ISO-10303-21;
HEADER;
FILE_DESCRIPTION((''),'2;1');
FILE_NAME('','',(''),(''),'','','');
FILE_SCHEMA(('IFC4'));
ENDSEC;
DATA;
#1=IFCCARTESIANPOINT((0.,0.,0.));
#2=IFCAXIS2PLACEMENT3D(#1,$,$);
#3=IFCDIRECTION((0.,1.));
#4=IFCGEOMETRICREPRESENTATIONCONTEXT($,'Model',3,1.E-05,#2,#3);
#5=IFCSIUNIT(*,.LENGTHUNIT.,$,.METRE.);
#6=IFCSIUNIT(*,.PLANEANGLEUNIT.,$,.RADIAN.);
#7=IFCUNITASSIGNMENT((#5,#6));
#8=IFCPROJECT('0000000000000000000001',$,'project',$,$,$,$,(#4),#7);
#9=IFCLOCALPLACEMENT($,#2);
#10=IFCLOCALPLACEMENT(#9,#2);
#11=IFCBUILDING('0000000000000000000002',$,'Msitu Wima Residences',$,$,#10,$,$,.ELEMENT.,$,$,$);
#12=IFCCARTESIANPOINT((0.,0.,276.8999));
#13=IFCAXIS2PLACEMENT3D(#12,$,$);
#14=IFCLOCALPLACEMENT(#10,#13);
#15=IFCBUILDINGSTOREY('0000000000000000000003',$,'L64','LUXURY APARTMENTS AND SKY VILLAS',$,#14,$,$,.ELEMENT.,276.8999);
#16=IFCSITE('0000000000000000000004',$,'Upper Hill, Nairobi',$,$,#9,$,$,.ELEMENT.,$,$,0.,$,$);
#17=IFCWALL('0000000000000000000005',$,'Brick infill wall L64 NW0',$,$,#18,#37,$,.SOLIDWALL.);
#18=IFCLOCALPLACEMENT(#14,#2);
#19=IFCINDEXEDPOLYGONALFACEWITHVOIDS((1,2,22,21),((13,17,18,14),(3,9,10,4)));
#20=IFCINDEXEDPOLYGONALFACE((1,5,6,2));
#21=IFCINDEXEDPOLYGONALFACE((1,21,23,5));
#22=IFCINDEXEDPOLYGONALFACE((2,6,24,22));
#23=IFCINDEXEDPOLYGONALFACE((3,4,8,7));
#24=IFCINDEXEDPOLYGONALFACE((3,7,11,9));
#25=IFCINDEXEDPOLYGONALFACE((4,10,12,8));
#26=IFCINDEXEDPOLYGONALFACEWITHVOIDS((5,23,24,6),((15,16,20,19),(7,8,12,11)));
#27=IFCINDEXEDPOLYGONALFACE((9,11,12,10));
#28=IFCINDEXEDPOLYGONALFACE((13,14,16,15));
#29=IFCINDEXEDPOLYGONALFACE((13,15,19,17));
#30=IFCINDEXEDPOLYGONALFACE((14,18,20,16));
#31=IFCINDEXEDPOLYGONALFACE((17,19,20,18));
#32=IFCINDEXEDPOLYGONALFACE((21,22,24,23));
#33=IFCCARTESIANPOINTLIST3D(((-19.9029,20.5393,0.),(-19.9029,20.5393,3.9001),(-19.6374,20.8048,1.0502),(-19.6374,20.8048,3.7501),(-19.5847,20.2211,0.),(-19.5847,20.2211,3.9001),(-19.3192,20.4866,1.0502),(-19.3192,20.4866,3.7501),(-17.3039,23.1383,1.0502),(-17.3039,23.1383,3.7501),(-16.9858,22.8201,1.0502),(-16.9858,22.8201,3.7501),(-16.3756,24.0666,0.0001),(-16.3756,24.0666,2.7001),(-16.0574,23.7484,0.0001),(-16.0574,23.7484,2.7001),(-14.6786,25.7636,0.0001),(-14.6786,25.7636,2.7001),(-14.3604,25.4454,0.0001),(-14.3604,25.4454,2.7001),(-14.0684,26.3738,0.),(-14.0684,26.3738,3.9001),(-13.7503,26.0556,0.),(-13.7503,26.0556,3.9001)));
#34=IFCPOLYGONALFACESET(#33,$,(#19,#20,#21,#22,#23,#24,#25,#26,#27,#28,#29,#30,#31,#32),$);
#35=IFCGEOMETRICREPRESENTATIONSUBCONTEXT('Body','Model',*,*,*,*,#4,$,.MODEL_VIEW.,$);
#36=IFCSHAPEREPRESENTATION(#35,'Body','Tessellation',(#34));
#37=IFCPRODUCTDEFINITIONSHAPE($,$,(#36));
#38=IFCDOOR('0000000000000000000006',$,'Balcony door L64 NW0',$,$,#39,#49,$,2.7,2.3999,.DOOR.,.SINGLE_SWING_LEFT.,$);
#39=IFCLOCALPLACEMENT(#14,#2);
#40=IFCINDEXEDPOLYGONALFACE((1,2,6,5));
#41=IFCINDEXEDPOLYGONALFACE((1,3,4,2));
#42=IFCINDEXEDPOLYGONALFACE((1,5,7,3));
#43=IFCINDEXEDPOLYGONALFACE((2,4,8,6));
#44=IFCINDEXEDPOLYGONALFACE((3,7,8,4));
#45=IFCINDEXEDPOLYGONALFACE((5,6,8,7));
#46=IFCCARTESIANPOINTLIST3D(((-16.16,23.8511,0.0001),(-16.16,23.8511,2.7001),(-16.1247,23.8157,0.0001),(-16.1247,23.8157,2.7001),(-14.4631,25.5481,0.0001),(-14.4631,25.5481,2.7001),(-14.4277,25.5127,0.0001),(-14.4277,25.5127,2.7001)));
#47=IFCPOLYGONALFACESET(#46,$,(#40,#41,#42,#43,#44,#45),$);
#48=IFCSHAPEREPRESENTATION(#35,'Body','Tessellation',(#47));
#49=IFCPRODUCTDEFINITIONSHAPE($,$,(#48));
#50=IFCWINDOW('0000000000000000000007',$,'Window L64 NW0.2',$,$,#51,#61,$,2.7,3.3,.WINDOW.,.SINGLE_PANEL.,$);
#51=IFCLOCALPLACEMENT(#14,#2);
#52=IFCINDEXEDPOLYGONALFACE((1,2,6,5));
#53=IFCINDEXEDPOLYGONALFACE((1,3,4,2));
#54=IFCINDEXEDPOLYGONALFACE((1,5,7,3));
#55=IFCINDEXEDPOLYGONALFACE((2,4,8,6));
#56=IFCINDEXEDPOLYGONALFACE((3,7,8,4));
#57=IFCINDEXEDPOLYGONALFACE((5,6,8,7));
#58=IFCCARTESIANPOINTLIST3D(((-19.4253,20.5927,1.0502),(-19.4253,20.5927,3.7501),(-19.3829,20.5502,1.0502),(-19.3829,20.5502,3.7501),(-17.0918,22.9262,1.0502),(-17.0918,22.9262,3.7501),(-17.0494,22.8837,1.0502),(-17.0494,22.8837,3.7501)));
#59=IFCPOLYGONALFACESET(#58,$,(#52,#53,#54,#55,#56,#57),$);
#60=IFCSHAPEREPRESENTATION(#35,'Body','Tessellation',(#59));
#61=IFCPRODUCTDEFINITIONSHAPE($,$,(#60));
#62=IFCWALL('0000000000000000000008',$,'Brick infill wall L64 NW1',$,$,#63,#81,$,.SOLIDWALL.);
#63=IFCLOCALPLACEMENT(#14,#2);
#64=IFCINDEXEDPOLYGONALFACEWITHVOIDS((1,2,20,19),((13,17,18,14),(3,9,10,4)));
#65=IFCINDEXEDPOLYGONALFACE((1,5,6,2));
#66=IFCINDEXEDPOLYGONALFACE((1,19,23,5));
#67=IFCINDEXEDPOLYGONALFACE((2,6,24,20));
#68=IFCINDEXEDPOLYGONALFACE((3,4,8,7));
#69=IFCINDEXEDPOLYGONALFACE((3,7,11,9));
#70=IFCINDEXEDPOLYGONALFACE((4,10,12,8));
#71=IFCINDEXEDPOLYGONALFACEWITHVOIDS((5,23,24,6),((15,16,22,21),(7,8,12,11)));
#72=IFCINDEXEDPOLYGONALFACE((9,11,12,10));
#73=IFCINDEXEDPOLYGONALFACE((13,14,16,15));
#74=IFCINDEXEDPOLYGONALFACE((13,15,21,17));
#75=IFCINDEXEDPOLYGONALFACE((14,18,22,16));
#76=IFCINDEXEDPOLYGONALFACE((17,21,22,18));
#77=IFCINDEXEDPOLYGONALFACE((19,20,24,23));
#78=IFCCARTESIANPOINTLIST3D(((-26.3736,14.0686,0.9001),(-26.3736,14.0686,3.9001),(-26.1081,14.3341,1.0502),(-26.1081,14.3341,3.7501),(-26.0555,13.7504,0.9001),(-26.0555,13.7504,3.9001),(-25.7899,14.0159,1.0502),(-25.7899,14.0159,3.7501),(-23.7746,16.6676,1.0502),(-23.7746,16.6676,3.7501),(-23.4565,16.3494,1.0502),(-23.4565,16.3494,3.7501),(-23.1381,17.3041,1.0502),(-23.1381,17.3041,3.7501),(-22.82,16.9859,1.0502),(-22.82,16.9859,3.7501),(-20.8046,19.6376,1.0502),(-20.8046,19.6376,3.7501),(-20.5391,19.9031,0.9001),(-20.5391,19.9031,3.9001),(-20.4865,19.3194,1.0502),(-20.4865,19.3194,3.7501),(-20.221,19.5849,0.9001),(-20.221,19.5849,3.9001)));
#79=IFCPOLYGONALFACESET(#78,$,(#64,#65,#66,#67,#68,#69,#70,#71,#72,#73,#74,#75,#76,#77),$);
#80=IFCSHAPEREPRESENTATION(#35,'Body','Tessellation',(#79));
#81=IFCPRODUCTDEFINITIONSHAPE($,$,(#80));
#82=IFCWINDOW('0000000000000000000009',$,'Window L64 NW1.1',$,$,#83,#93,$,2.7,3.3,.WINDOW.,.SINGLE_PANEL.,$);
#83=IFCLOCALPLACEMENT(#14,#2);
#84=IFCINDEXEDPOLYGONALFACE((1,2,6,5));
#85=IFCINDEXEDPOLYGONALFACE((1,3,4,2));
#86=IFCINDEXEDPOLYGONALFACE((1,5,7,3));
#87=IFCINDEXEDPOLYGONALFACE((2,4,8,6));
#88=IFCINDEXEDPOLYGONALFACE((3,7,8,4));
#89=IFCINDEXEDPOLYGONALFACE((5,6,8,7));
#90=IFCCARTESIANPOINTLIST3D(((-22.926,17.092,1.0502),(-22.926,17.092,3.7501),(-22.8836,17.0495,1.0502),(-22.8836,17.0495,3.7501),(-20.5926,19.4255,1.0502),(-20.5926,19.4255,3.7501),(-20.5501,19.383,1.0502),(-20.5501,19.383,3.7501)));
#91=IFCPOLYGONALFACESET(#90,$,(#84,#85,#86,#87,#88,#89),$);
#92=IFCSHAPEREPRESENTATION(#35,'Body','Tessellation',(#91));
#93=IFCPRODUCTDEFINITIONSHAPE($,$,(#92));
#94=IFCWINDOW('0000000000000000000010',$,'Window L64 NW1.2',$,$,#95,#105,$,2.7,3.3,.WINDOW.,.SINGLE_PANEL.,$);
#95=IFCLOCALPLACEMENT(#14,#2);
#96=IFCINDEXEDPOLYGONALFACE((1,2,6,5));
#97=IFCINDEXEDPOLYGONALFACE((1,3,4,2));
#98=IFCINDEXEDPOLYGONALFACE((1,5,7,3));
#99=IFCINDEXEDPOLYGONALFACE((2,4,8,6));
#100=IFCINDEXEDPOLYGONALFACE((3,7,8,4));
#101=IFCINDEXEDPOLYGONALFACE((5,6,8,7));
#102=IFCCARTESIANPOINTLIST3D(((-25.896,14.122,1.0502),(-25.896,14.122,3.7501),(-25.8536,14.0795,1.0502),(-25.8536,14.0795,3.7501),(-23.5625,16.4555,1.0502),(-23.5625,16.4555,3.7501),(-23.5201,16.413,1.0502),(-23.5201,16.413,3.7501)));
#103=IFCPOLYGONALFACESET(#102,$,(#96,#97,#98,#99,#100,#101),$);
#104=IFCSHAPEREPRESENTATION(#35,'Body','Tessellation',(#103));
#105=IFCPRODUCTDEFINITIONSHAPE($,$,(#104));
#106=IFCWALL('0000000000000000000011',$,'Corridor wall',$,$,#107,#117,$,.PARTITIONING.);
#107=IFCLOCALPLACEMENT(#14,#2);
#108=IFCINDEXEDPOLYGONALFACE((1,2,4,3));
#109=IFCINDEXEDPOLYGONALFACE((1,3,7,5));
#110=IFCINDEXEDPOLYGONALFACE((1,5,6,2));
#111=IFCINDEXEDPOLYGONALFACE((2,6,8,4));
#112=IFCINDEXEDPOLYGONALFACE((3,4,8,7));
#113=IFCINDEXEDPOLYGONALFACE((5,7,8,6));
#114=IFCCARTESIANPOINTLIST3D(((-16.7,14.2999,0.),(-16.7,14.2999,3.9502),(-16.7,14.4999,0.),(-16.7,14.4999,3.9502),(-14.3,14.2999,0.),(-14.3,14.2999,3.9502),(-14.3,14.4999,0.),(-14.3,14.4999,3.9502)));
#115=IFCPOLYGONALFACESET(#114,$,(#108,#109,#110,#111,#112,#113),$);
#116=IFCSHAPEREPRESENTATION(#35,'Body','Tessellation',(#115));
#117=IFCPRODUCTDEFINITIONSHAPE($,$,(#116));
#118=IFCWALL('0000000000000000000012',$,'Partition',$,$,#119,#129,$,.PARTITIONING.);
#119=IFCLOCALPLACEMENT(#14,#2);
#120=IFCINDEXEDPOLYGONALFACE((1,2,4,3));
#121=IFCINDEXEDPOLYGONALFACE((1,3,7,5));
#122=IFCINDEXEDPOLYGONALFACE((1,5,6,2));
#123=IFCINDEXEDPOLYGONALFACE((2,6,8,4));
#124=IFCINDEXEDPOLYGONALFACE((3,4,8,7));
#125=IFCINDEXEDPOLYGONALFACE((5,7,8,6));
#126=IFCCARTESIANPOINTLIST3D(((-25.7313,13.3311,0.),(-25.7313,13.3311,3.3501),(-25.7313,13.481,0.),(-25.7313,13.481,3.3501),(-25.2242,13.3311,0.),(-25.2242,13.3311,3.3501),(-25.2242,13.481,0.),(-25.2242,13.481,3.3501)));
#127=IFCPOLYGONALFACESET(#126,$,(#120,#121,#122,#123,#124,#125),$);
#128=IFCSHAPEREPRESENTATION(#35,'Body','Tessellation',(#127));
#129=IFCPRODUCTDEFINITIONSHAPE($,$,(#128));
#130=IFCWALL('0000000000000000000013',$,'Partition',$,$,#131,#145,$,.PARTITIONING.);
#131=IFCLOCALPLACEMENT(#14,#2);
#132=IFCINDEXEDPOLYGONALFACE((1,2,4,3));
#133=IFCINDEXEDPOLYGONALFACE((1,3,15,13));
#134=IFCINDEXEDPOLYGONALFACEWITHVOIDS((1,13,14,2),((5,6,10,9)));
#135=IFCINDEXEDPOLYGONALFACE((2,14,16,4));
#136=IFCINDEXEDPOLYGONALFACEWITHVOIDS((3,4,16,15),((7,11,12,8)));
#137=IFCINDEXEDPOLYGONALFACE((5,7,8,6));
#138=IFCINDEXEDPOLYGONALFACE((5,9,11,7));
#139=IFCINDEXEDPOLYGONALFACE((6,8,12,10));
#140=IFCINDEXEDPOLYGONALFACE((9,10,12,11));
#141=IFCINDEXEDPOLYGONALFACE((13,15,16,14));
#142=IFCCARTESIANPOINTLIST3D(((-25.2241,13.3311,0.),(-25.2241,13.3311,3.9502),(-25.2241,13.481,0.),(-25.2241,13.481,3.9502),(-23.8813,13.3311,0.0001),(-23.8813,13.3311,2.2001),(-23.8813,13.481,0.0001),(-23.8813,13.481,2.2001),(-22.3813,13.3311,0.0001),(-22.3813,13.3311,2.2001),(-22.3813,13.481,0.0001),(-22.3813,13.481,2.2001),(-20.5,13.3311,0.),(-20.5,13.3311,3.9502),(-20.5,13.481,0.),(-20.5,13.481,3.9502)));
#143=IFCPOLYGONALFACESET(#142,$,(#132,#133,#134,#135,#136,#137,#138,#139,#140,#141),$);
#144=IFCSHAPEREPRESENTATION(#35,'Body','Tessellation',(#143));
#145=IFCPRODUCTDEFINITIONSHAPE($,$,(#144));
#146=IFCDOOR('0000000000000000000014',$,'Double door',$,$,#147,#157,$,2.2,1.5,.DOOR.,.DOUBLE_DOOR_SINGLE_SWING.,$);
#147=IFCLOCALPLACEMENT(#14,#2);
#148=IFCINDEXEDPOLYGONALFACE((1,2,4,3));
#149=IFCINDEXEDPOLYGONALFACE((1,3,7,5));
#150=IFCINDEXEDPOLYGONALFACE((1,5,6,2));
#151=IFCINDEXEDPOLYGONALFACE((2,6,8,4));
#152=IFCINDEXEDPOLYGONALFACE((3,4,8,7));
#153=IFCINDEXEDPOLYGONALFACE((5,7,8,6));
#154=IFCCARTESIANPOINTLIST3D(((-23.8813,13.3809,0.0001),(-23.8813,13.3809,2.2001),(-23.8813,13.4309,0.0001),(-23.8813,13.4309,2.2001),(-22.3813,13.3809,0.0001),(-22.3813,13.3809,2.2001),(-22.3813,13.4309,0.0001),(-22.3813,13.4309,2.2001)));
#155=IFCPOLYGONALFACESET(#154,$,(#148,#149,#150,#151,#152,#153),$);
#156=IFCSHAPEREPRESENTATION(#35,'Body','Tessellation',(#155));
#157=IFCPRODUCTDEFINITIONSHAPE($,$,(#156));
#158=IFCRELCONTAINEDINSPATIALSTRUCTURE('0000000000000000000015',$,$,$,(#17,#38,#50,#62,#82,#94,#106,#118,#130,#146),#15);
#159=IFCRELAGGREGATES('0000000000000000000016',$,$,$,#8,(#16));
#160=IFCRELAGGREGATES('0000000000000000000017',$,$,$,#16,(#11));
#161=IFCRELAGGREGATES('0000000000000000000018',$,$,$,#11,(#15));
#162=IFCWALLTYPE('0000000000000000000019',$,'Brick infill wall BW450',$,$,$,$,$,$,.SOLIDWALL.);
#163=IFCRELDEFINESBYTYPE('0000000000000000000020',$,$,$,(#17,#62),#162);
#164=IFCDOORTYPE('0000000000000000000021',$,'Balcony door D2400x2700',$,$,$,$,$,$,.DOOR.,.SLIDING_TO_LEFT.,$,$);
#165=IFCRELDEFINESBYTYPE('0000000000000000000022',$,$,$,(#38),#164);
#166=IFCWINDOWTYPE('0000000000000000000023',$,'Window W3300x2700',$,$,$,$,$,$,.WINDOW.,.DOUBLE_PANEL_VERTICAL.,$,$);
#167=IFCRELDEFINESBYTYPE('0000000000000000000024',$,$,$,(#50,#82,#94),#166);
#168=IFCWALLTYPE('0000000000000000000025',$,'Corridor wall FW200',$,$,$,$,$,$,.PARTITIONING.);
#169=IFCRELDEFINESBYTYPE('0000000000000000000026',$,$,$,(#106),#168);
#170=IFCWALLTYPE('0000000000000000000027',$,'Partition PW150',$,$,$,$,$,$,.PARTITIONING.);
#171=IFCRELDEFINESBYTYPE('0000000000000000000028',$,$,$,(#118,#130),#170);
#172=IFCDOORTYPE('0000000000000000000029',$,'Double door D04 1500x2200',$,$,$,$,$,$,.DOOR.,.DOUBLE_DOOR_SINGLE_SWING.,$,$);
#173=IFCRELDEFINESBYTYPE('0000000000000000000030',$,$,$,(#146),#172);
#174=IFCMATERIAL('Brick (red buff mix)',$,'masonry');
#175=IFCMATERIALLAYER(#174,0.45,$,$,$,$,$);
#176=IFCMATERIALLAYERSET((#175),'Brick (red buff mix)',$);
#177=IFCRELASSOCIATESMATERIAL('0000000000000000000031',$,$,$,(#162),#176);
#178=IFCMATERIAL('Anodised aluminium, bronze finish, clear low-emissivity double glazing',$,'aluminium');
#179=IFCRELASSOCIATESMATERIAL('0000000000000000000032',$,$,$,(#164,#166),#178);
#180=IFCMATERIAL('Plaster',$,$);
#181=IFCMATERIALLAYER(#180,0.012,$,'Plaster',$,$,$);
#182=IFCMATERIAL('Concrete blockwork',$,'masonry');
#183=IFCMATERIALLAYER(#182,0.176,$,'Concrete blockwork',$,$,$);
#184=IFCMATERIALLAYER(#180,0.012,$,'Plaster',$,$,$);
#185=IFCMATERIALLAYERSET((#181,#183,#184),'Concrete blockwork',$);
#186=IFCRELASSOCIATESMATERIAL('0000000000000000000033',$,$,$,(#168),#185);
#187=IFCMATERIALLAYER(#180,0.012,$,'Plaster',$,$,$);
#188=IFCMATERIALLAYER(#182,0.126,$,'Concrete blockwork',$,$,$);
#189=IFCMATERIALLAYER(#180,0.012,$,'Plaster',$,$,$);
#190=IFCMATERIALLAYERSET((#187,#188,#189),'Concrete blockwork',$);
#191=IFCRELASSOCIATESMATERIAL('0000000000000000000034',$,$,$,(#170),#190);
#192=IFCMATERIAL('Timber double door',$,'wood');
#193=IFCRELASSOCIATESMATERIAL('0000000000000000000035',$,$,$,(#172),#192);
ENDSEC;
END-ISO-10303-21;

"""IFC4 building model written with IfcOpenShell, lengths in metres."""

from ifc_helpers import new_model, si_unit, direction, frame, frame_2d, origin, place, context, subcontext, project, spatial, rectangle, extrude, material, layer, layer_set, type_object, element, fill, save


model = new_model("IFC4")

# Units and contexts
model_context = context("Model", 3, precision=1e-05, world=origin(), true_north=direction((0.0, 1.0)))
body_context = subcontext(model_context, "Body", "Model", "MODEL_VIEW")
ifc_project = project(units=[si_unit("LENGTHUNIT", "METRE"), si_unit("PLANEANGLEUNIT", "RADIAN")], contexts=[model_context])

# Site, building, storey
site_placement = place(None, origin())
site = spatial("IfcSite", under=ifc_project, at=site_placement, Name="Upper Hill, Nairobi", CompositionType="ELEMENT", RefElevation=0.0)
building_placement = place(site_placement, origin())
building = spatial("IfcBuilding", under=site, at=building_placement, Name="Msitu Wima Residences", CompositionType="ELEMENT")
storey_placement = place(building_placement, frame((0.0, 0.0, 276.8999)))
storey = spatial("IfcBuildingStorey", under=building, at=storey_placement, Name="L64", Description="LUXURY APARTMENTS AND SKY VILLAS", CompositionType="ELEMENT", Elevation=276.8999)

# Wall, openings, door, window
ifc_material_1 = material(Name="Brick (red buff mix)", Category="masonry")
ifc_layer_1 = layer(ifc_material_1, 0.45)
ifc_layer_set_1 = layer_set([ifc_layer_1], Name="Brick (red buff mix)")
wall_type_1 = type_object("IfcWallType", Name="Brick infill wall BW450", PredefinedType="SOLIDWALL", material=ifc_layer_set_1)
wall_1_placement = place(storey_placement, frame((-13.9094, 26.2146, 0.0), z_axis=(0.0, 0.0, 1.0), x_axis=(-0.707107, -0.707107, 0.0)))
wall_1 = element("IfcWall", 1, at=wall_1_placement, inside=storey, type_object=wall_type_1, Name="Brick infill wall L64 NW0", PredefinedType="SOLIDWALL", context=body_context, shape_type="SweptSolid", body=[
    extrude(rectangle(XDim=8.2512, YDim=0.45, at=frame_2d((4.1255, 0.0))), origin(), (0.0, 0.0, 1.0), 3.9001),
])
opening_1_placement = place(wall_1_placement, frame((0.8628, 0.0, 0.0)))
opening_1 = element("IfcOpeningElement", 2, at=opening_1_placement, cuts=wall_1, PredefinedType="OPENING", context=body_context, shape_type="SweptSolid", body=[
    extrude(rectangle(XDim=2.3999, YDim=2.7, at=frame_2d((1.2, 1.3501))), frame((0.0, 0.2349, 0.0), z_axis=(0.0, -1.0, 0.0), x_axis=(1.0, 0.0, 0.0)), (0.0, 0.0, 1.0), 0.47),
])
opening_2_placement = place(wall_1_placement, frame((4.5757, 0.0, 1.05)))
opening_2 = element("IfcOpeningElement", 3, at=opening_2_placement, cuts=wall_1, PredefinedType="OPENING", context=body_context, shape_type="SweptSolid", body=[
    extrude(rectangle(XDim=3.3, YDim=2.7, at=frame_2d((1.6499, 1.3501))), frame((0.0, 0.2349, 0.0), z_axis=(0.0, -1.0, 0.0), x_axis=(1.0, 0.0, 0.0)), (0.0, 0.0, 1.0), 0.47),
])
ifc_material_2 = material(Name="Anodised aluminium, bronze finish, clear low-emissivity double glazing", Category="aluminium")
door_type_1 = type_object("IfcDoorType", Name="Balcony door D2400x2700", OperationType="SLIDING_TO_LEFT", PredefinedType="DOOR", material=ifc_material_2)
door_1_placement = place(opening_1_placement, origin())
door_1 = element("IfcDoor", 4, at=door_1_placement, inside=storey, type_object=door_type_1, Name="Balcony door L64 NW0", OperationType="SINGLE_SWING_LEFT", OverallHeight=2.7, OverallWidth=2.3999, PredefinedType="DOOR", context=body_context, shape_type="SweptSolid", body=[
    extrude(rectangle(XDim=2.3999, YDim=2.7, at=frame_2d((1.2, 1.3501))), frame((0.0, 0.1299, 0.0), z_axis=(0.0, -1.0, 0.0), x_axis=(1.0, 0.0, 0.0)), (0.0, 0.0, 1.0), 0.05),
])
fill(opening_1, door_1)
window_type = type_object("IfcWindowType", Name="Window W3300x2700", PartitioningType="DOUBLE_PANEL_VERTICAL", PredefinedType="WINDOW", material=ifc_material_2)
window_1_placement = place(opening_2_placement, origin())
window_1 = element("IfcWindow", 5, at=window_1_placement, inside=storey, type_object=window_type, Name="Window L64 NW0.2", OverallHeight=2.7, OverallWidth=3.3, PartitioningType="SINGLE_PANEL", PredefinedType="WINDOW", context=body_context, shape_type="SweptSolid", body=[
    extrude(rectangle(XDim=3.3, YDim=2.7, at=frame_2d((1.6499, 1.3501))), frame((0.0, 0.135, 0.0), z_axis=(0.0, -1.0, 0.0), x_axis=(1.0, 0.0, 0.0)), (0.0, 0.0, 1.0), 0.0601),
])
fill(opening_2, window_1)

# Wall, openings, windows
wall_2_placement = place(storey_placement, frame((-20.3801, 19.7439, 0.9001), z_axis=(0.0, 0.0, 1.0), x_axis=(-0.707107, -0.707107, 0.0)))
wall_2 = element("IfcWall", 6, at=wall_2_placement, inside=storey, type_object=wall_type_1, Name="Brick infill wall L64 NW1", PredefinedType="SOLIDWALL", context=body_context, shape_type="SweptSolid", body=[
    extrude(rectangle(XDim=8.2512, YDim=0.45, at=frame_2d((4.1255, 0.0))), origin(), (0.0, 0.0, 1.0), 3.0),
])
opening_3_placement = place(wall_2_placement, frame((0.3755, 0.0, 0.1499)))
opening_3 = element("IfcOpeningElement", 7, at=opening_3_placement, cuts=wall_2, PredefinedType="OPENING", context=body_context, shape_type="SweptSolid", body=[
    extrude(rectangle(XDim=3.3, YDim=2.7, at=frame_2d((1.6499, 1.3501))), frame((0.0, 0.2349, 0.0), z_axis=(0.0, -1.0, 0.0), x_axis=(1.0, 0.0, 0.0)), (0.0, 0.0, 1.0), 0.47),
])
opening_4_placement = place(wall_2_placement, frame((4.5757, 0.0, 0.1499)))
opening_4 = element("IfcOpeningElement", 8, at=opening_4_placement, cuts=wall_2, PredefinedType="OPENING", context=body_context, shape_type="SweptSolid", body=[
    extrude(rectangle(XDim=3.3, YDim=2.7, at=frame_2d((1.6499, 1.3501))), frame((0.0, 0.2349, 0.0), z_axis=(0.0, -1.0, 0.0), x_axis=(1.0, 0.0, 0.0)), (0.0, 0.0, 1.0), 0.47),
])
window_2_placement = place(opening_3_placement, origin())
window_2 = element("IfcWindow", 9, at=window_2_placement, inside=storey, type_object=window_type, Name="Window L64 NW1.1", OverallHeight=2.7, OverallWidth=3.3, PartitioningType="SINGLE_PANEL", PredefinedType="WINDOW", context=body_context, shape_type="SweptSolid", body=[
    extrude(rectangle(XDim=3.3, YDim=2.7, at=frame_2d((1.6499, 1.3501))), frame((0.0, 0.135, 0.0), z_axis=(0.0, -1.0, 0.0), x_axis=(1.0, 0.0, 0.0)), (0.0, 0.0, 1.0), 0.0601),
])
fill(opening_3, window_2)
window_3_placement = place(opening_4_placement, origin())
window_3 = element("IfcWindow", 10, at=window_3_placement, inside=storey, type_object=window_type, Name="Window L64 NW1.2", OverallHeight=2.7, OverallWidth=3.3, PartitioningType="SINGLE_PANEL", PredefinedType="WINDOW", context=body_context, shape_type="SweptSolid", body=[
    extrude(rectangle(XDim=3.3, YDim=2.7, at=frame_2d((1.6499, 1.3501))), frame((0.0, 0.135, 0.0), z_axis=(0.0, -1.0, 0.0), x_axis=(1.0, 0.0, 0.0)), (0.0, 0.0, 1.0), 0.0601),
])
fill(opening_4, window_3)

# Walls
ifc_material_3 = material(Name="Plaster")
ifc_layer_2 = layer(ifc_material_3, 0.012, Name="Plaster")
ifc_material_4 = material(Name="Concrete blockwork", Category="masonry")
ifc_layer_3 = layer(ifc_material_4, 0.176, Name="Concrete blockwork")
ifc_layer_4 = layer(ifc_material_3, 0.012, Name="Plaster")
ifc_layer_set_2 = layer_set([ifc_layer_2, ifc_layer_3, ifc_layer_4], Name="Concrete blockwork")
wall_type_2 = type_object("IfcWallType", Name="Corridor wall FW200", PredefinedType="PARTITIONING", material=ifc_layer_set_2)
wall_3_placement = place(storey_placement, frame((-16.7, 14.3999, 0.0), z_axis=(0.0, 0.0, 1.0), x_axis=(1.0, 0.0, 0.0)))
element("IfcWall", 11, at=wall_3_placement, inside=storey, type_object=wall_type_2, Name="Corridor wall", PredefinedType="PARTITIONING", context=body_context, shape_type="SweptSolid", body=[
    extrude(rectangle(XDim=2.3999, YDim=0.2, at=frame_2d((1.2, 0.0))), origin(), (0.0, 0.0, 1.0), 3.9502),
])
ifc_layer_5 = layer(ifc_material_3, 0.012, Name="Plaster")
ifc_layer_6 = layer(ifc_material_4, 0.126, Name="Concrete blockwork")
ifc_layer_7 = layer(ifc_material_3, 0.012, Name="Plaster")
ifc_layer_set_3 = layer_set([ifc_layer_5, ifc_layer_6, ifc_layer_7], Name="Concrete blockwork")
wall_type_3 = type_object("IfcWallType", Name="Partition PW150", PredefinedType="PARTITIONING", material=ifc_layer_set_3)
wall_4_placement = place(storey_placement, frame((-25.7312, 13.406, 0.0), z_axis=(0.0, 0.0, 1.0), x_axis=(1.0, 0.0, 0.0)))
element("IfcWall", 12, at=wall_4_placement, inside=storey, type_object=wall_type_3, Name="Partition", PredefinedType="PARTITIONING", context=body_context, shape_type="SweptSolid", body=[
    extrude(rectangle(XDim=0.5071, YDim=0.1499, at=frame_2d((0.2534, 0.0))), origin(), (0.0, 0.0, 1.0), 3.3501),
])

# Wall, opening, door
wall_5_placement = place(storey_placement, frame((-25.2241, 13.406, 0.0), z_axis=(0.0, 0.0, 1.0), x_axis=(1.0, 0.0, 0.0)))
wall_5 = element("IfcWall", 13, at=wall_5_placement, inside=storey, type_object=wall_type_3, Name="Partition", PredefinedType="PARTITIONING", context=body_context, shape_type="SweptSolid", body=[
    extrude(rectangle(XDim=4.7241, YDim=0.1499, at=frame_2d((2.3621, 0.0))), origin(), (0.0, 0.0, 1.0), 3.9502),
])
opening_5_placement = place(wall_5_placement, frame((1.3428, 0.0, 0.0)))
opening_5 = element("IfcOpeningElement", 14, at=opening_5_placement, cuts=wall_5, PredefinedType="OPENING", context=body_context, shape_type="SweptSolid", body=[
    extrude(rectangle(XDim=1.5, YDim=2.2, at=frame_2d((0.75, 1.1001))), frame((0.0, 0.085, 0.0), z_axis=(0.0, -1.0, 0.0), x_axis=(1.0, 0.0, 0.0)), (0.0, 0.0, 1.0), 0.1699),
])
ifc_material_5 = material(Name="Timber double door", Category="wood")
door_type_2 = type_object("IfcDoorType", Name="Double door D04 1500x2200", OperationType="DOUBLE_DOOR_SINGLE_SWING", PredefinedType="DOOR", material=ifc_material_5)
door_2_placement = place(opening_5_placement, origin())
door_2 = element("IfcDoor", 15, at=door_2_placement, inside=storey, type_object=door_type_2, Name="Double door", OperationType="DOUBLE_DOOR_SINGLE_SWING", OverallHeight=2.2, OverallWidth=1.5, PredefinedType="DOOR", context=body_context, shape_type="SweptSolid", body=[
    extrude(rectangle(XDim=1.5, YDim=2.2, at=frame_2d((0.75, 1.1001))), frame((0.0, 0.0249, 0.0), z_axis=(0.0, -1.0, 0.0), x_axis=(1.0, 0.0, 0.0)), (0.0, 0.0, 1.0), 0.05),
])
fill(opening_5, door_2)

save(model, "model.ifc")
